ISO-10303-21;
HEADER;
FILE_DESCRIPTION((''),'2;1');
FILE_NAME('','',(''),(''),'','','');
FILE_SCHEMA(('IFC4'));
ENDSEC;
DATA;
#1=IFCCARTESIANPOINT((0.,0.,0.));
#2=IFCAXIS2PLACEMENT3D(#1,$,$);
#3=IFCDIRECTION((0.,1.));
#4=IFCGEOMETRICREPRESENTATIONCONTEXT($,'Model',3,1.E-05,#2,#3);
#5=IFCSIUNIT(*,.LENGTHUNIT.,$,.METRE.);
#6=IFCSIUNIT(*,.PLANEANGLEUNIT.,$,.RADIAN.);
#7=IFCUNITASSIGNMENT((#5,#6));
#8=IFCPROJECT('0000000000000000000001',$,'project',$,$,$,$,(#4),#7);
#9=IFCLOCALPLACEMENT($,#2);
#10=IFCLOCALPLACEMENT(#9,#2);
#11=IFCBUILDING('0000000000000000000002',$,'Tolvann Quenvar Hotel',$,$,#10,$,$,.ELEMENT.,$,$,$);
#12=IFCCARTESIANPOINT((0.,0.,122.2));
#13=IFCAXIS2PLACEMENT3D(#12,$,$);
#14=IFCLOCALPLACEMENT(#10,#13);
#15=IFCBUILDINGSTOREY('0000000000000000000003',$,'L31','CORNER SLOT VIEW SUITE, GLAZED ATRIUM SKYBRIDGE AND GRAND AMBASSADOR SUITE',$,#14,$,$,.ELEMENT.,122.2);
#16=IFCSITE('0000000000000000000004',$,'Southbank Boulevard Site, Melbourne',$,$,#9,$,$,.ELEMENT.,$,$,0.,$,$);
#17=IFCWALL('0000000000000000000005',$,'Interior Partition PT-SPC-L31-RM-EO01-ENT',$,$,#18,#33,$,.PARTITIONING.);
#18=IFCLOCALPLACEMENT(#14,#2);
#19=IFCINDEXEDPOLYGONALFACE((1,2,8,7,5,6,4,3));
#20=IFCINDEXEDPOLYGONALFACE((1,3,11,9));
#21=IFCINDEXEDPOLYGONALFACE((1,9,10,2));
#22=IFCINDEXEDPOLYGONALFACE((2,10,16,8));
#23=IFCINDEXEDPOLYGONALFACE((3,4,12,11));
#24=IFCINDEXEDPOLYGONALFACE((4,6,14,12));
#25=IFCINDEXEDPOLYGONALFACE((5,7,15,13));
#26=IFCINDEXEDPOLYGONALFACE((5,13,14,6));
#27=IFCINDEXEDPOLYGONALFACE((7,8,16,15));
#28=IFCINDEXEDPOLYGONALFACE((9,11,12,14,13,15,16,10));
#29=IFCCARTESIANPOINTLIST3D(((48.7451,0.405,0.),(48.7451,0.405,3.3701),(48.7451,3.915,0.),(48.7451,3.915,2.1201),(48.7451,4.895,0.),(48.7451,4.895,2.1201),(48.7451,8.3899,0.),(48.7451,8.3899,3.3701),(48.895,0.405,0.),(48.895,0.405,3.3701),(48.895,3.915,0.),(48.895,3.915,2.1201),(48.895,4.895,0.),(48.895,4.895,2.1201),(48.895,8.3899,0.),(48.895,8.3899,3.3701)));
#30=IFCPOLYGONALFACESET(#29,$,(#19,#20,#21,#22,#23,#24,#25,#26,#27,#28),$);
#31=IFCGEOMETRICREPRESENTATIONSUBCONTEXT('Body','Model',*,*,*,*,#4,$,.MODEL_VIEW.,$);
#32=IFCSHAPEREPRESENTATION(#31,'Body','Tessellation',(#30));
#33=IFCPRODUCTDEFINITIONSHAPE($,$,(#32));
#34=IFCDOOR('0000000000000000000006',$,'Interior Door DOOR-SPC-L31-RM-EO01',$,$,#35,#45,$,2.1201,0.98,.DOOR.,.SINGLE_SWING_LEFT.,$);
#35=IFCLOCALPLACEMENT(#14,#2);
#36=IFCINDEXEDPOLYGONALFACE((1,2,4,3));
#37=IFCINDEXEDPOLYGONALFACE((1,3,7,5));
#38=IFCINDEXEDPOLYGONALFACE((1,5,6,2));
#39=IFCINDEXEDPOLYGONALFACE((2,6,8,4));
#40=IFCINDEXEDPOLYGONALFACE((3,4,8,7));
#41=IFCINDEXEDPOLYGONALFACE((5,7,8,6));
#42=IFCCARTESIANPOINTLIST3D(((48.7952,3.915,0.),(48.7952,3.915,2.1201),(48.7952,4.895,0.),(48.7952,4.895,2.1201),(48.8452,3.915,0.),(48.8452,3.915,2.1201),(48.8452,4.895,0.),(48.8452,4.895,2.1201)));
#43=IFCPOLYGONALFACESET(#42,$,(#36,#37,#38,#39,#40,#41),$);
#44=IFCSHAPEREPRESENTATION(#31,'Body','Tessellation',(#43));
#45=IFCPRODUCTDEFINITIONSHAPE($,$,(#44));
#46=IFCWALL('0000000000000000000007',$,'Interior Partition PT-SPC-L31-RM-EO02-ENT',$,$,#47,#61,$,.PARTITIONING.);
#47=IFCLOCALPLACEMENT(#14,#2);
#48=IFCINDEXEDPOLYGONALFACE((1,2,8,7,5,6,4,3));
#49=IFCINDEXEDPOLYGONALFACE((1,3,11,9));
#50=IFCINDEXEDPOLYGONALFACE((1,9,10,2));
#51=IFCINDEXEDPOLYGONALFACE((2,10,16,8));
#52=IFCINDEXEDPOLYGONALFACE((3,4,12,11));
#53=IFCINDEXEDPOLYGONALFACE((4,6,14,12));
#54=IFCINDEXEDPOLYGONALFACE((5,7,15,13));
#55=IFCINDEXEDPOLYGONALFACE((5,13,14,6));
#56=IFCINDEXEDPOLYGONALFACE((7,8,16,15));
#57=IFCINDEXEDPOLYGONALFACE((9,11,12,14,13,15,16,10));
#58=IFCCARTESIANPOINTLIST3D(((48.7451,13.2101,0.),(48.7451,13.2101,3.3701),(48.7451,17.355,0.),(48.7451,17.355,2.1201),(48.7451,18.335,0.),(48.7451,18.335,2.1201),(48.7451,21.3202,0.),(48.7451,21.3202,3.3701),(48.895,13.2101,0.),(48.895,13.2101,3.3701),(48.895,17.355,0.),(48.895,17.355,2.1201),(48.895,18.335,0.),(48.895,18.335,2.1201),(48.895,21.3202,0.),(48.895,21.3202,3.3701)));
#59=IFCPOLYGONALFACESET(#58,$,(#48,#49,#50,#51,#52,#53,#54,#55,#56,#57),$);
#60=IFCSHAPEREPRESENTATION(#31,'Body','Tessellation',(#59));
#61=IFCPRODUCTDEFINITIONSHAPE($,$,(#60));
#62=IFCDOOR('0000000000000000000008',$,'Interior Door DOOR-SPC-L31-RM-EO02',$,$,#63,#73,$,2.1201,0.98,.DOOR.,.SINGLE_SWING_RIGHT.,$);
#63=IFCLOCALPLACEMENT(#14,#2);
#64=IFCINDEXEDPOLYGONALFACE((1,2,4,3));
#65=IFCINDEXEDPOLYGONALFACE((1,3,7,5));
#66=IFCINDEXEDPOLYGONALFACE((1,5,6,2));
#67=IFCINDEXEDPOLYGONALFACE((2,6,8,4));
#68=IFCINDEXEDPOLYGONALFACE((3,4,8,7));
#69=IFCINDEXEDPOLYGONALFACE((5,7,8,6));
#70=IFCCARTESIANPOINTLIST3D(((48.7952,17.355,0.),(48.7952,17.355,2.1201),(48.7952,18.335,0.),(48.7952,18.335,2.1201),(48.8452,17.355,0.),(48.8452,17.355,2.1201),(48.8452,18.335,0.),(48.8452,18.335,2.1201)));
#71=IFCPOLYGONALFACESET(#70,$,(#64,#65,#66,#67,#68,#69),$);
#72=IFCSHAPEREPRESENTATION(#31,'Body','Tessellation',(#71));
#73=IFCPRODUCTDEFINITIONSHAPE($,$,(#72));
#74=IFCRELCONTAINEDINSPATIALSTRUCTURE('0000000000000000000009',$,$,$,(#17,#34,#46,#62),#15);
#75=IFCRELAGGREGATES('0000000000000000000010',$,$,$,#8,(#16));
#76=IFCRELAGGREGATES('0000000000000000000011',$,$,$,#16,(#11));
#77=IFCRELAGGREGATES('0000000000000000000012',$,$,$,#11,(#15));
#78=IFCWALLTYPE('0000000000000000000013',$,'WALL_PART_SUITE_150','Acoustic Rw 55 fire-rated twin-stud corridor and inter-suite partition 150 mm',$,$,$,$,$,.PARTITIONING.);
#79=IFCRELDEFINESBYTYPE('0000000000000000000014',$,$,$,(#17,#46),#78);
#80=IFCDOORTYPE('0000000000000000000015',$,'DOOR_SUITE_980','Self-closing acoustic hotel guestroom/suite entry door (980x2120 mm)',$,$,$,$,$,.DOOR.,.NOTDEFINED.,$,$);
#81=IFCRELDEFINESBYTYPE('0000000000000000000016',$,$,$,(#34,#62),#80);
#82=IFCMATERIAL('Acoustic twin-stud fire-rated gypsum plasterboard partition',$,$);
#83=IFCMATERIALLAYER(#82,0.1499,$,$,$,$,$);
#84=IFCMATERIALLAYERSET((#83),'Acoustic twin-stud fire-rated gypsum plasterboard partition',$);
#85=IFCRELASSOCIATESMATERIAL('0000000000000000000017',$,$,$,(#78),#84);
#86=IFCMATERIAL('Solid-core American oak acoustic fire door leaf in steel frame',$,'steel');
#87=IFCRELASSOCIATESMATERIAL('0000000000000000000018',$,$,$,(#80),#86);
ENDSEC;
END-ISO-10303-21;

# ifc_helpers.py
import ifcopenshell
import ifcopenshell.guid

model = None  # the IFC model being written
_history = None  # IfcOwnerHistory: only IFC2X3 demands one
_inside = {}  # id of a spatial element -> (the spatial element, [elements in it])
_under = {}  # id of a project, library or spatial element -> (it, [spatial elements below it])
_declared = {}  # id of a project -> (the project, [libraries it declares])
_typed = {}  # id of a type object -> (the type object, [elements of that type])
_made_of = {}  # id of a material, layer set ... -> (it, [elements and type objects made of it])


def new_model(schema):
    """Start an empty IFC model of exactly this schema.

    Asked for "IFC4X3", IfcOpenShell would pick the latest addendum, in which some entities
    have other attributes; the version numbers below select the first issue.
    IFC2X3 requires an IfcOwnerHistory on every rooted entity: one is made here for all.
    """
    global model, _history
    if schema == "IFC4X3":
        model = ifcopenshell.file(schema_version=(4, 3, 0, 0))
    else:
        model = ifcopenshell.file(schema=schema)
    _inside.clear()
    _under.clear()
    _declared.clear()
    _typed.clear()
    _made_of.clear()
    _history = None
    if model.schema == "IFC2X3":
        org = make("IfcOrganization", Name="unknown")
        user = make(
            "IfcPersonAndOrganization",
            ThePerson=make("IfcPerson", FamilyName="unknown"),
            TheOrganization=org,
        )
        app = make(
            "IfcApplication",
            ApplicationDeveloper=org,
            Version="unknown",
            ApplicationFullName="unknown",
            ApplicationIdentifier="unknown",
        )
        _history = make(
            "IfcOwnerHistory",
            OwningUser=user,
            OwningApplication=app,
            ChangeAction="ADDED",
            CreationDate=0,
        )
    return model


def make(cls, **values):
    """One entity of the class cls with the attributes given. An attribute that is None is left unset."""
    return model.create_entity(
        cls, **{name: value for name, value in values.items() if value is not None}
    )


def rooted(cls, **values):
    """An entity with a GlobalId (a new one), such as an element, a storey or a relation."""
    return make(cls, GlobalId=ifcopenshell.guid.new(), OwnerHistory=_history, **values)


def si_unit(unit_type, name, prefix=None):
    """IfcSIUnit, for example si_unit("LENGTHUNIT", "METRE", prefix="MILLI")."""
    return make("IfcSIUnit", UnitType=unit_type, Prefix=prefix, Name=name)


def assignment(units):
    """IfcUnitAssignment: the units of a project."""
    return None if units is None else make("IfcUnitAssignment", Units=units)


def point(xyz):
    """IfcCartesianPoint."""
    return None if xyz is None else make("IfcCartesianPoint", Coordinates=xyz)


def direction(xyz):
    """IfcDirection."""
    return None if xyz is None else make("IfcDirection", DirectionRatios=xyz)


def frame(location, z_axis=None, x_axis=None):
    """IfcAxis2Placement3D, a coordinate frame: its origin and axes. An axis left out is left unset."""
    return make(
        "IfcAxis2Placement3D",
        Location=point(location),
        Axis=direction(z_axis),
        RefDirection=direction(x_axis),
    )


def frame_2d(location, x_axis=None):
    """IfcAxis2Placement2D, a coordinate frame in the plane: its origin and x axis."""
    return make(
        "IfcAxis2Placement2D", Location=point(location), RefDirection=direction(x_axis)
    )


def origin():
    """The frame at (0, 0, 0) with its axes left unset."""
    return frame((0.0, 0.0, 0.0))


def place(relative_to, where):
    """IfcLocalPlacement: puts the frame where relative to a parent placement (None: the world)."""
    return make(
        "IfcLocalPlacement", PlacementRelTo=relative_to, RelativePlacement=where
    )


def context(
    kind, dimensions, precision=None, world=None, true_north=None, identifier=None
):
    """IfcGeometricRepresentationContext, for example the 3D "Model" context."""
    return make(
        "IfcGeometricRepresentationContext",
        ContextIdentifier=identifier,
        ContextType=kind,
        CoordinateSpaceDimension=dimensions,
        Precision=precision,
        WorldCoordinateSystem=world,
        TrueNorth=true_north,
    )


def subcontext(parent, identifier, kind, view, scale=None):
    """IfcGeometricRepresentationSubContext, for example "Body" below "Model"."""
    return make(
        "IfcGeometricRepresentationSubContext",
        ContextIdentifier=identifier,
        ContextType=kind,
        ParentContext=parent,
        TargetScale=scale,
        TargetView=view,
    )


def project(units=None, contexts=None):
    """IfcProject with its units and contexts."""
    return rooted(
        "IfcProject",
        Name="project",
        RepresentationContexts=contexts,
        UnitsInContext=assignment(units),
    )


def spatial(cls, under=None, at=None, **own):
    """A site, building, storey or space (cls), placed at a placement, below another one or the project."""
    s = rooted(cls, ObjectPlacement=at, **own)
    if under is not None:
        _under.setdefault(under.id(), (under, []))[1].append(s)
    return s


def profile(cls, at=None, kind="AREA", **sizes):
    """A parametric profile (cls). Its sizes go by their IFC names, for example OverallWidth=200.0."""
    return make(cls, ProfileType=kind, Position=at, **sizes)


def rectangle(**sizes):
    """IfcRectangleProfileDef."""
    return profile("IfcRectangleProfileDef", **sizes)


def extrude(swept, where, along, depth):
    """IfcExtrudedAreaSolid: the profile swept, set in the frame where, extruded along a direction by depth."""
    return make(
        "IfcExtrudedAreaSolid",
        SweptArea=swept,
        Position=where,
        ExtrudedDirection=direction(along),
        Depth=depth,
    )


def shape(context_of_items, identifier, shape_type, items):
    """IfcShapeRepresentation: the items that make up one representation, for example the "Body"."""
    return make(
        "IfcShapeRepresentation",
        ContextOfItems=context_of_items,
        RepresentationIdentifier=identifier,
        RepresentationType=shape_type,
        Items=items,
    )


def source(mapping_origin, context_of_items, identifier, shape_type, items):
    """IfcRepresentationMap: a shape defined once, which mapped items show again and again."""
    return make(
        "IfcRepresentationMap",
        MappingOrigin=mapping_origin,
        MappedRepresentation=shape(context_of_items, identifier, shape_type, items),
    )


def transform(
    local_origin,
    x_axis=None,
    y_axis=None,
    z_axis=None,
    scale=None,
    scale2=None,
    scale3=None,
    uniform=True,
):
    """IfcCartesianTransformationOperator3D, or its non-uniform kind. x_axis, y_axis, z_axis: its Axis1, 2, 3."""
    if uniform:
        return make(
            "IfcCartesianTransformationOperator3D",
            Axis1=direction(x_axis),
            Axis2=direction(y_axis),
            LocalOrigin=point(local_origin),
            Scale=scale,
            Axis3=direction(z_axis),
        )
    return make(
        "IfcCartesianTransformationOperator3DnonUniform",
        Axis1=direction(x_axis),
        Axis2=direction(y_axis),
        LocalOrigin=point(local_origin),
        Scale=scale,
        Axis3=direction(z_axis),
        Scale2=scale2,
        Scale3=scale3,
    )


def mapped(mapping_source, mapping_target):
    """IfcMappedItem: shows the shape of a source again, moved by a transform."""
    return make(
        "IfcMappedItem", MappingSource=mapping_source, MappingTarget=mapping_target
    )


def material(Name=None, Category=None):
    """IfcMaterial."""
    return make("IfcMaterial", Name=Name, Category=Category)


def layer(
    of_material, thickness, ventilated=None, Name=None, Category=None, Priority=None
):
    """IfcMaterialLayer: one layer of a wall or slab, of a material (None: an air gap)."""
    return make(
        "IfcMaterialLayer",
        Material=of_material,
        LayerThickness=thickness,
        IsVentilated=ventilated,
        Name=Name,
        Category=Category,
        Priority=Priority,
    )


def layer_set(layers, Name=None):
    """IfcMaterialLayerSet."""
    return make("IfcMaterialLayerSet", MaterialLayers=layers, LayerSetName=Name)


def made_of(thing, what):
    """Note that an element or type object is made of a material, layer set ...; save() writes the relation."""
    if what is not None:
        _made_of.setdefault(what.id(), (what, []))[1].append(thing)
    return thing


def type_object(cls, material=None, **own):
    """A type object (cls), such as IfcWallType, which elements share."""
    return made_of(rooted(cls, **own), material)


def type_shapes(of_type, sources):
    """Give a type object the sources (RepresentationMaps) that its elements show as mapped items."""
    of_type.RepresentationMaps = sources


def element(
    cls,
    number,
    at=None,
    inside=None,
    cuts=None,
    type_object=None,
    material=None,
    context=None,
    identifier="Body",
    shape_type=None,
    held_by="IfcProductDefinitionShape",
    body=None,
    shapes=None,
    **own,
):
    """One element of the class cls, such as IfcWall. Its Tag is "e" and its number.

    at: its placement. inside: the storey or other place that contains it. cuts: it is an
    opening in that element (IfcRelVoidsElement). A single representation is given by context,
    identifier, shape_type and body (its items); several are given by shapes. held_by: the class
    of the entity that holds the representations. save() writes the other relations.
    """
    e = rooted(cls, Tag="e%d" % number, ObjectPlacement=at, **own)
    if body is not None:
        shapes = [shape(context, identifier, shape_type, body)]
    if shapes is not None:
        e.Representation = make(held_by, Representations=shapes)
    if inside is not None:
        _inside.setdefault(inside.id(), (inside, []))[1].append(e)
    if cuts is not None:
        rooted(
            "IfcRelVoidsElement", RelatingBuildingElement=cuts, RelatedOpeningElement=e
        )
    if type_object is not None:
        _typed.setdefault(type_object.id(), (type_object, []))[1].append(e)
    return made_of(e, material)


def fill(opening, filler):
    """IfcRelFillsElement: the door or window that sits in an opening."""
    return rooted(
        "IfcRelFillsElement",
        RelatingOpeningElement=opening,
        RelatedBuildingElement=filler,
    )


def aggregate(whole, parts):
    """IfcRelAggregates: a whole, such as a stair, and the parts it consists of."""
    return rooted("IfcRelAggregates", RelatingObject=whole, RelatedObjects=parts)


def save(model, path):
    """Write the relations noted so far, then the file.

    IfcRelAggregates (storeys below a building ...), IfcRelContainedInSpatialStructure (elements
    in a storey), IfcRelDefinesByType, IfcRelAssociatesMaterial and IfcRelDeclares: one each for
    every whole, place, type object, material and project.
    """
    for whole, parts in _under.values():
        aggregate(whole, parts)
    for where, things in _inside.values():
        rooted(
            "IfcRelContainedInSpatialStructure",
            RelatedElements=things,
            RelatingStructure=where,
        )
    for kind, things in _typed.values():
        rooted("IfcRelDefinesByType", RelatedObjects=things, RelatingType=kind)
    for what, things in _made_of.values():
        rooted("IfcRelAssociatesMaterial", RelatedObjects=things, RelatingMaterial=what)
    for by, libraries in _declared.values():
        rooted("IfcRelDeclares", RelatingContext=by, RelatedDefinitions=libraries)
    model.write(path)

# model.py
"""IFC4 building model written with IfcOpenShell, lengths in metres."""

from ifc_helpers import new_model, si_unit, direction, frame, frame_2d, origin, place, context, subcontext, project, spatial, rectangle, extrude, source, transform, mapped, material, layer, layer_set, type_object, type_shapes, element, fill, save


model = new_model("IFC4")

# Units and contexts
model_context = context("Model", 3, precision=1e-05, world=origin(), true_north=direction((0.0, 1.0)))
body_context = subcontext(model_context, "Body", "Model", "MODEL_VIEW")
ifc_project = project(units=[si_unit("LENGTHUNIT", "METRE"), si_unit("PLANEANGLEUNIT", "RADIAN")], contexts=[model_context])

# Site, building, storey
site_placement = place(None, origin())
site = spatial("IfcSite", under=ifc_project, at=site_placement, Name="Southbank Boulevard Site, Melbourne", CompositionType="ELEMENT", RefElevation=0.0)
building_placement = place(site_placement, origin())
building = spatial("IfcBuilding", under=site, at=building_placement, Name="Tolvann Quenvar Hotel", CompositionType="ELEMENT")
storey_placement = place(building_placement, frame((0.0, 0.0, 122.2)))
storey = spatial("IfcBuildingStorey", under=building, at=storey_placement, Name="L31", Description="CORNER SLOT VIEW SUITE, GLAZED ATRIUM SKYBRIDGE AND GRAND AMBASSADOR SUITE", CompositionType="ELEMENT", Elevation=122.2)

# Shared definitions
ifc_material_1 = material(Name="Acoustic twin-stud fire-rated gypsum plasterboard partition")
ifc_layer_1 = layer(ifc_material_1, 0.1499)
ifc_layer_set_1 = layer_set([ifc_layer_1], Name="Acoustic twin-stud fire-rated gypsum plasterboard partition")
wall_type_1 = type_object("IfcWallType", Name="WALL_PART_SUITE_150", Description="Acoustic Rw 55 fire-rated twin-stud corridor and inter-suite partition 150 mm", PredefinedType="PARTITIONING", material=ifc_layer_set_1)

# Walls, openings, doors
ifc_material_2 = material(Name="Solid-core American oak acoustic fire door leaf in steel frame", Category="steel")
door_type = type_object("IfcDoorType", Name="DOOR_SUITE_980", Description="Self-closing acoustic hotel guestroom/suite entry door (980x2120 mm)", OperationType="NOTDEFINED", PredefinedType="DOOR", material=ifc_material_2)
shared_shape_1 = source(origin(), body_context, "Body", "SweptSolid", [
    extrude(rectangle(XDim=0.98, YDim=2.1201, at=frame_2d((0.49, 1.0601))), frame((0.0, 0.0249, 0.0), z_axis=(0.0, -1.0, 0.0), x_axis=(1.0, 0.0, 0.0)), (0.0, 0.0, 1.0), 0.05),
])
type_shapes(door_type, [shared_shape_1])
wall_1_placement = place(storey_placement, frame((48.8201, 0.405, 0.0), z_axis=(0.0, 0.0, 1.0), x_axis=(0.0, 1.0, 0.0)))
wall_1 = element("IfcWall", 1, at=wall_1_placement, inside=storey, type_object=wall_type_1, Name="Interior Partition PT-SPC-L31-RM-EO01-ENT", PredefinedType="PARTITIONING", context=body_context, shape_type="SweptSolid", body=[
    extrude(rectangle(XDim=7.9849, YDim=0.1499, at=frame_2d((3.9924, 0.0))), origin(), (0.0, 0.0, 1.0), 3.3701),
])
opening_1_placement = place(wall_1_placement, frame((3.51, 0.0, 0.0)))
opening_1 = element("IfcOpeningElement", 2, at=opening_1_placement, cuts=wall_1, PredefinedType="OPENING", context=body_context, shape_type="SweptSolid", body=[
    extrude(rectangle(XDim=0.98, YDim=2.1201, at=frame_2d((0.49, 1.0601))), frame((0.0, 0.085, 0.0), z_axis=(0.0, -1.0, 0.0), x_axis=(1.0, 0.0, 0.0)), (0.0, 0.0, 1.0), 0.1699),
])
door_1_placement = place(opening_1_placement, origin())
door_1 = element("IfcDoor", 3, at=door_1_placement, inside=storey, type_object=door_type, Name="Interior Door DOOR-SPC-L31-RM-EO01", OperationType="SINGLE_SWING_LEFT", OverallHeight=2.1201, OverallWidth=0.98, PredefinedType="DOOR", context=body_context, shape_type="MappedRepresentation", body=[
    mapped(shared_shape_1, transform((0.0, 0.0, 0.0), x_axis=(1.0, 0.0, 0.0), y_axis=(0.0, 1.0, 0.0), z_axis=(0.0, 0.0, 1.0), scale=1.0)),
])
fill(opening_1, door_1)
wall_2_placement = place(storey_placement, frame((48.8201, 13.21, 0.0), z_axis=(0.0, 0.0, 1.0), x_axis=(0.0, 1.0, 0.0)))
wall_2 = element("IfcWall", 4, at=wall_2_placement, inside=storey, type_object=wall_type_1, Name="Interior Partition PT-SPC-L31-RM-EO02-ENT", PredefinedType="PARTITIONING", context=body_context, shape_type="SweptSolid", body=[
    extrude(rectangle(XDim=8.1101, YDim=0.1499, at=frame_2d((4.0552, 0.0))), origin(), (0.0, 0.0, 1.0), 3.3701),
])
opening_2_placement = place(wall_2_placement, frame((4.145, 0.0, 0.0)))
opening_2 = element("IfcOpeningElement", 5, at=opening_2_placement, cuts=wall_2, PredefinedType="OPENING", context=body_context, shape_type="SweptSolid", body=[
    extrude(rectangle(XDim=0.98, YDim=2.1201, at=frame_2d((0.49, 1.0601))), frame((0.0, 0.085, 0.0), z_axis=(0.0, -1.0, 0.0), x_axis=(1.0, 0.0, 0.0)), (0.0, 0.0, 1.0), 0.1699),
])
door_2_placement = place(opening_2_placement, origin())
door_2 = element("IfcDoor", 6, at=door_2_placement, inside=storey, type_object=door_type, Name="Interior Door DOOR-SPC-L31-RM-EO02", OperationType="SINGLE_SWING_RIGHT", OverallHeight=2.1201, OverallWidth=0.98, PredefinedType="DOOR", context=body_context, shape_type="MappedRepresentation", body=[
    mapped(shared_shape_1, transform((0.0, 0.0, 0.0), x_axis=(1.0, 0.0, 0.0), y_axis=(0.0, 1.0, 0.0), z_axis=(0.0, 0.0, 1.0), scale=1.0)),
])
fill(opening_2, door_2)

save(model, "model.ifc")
